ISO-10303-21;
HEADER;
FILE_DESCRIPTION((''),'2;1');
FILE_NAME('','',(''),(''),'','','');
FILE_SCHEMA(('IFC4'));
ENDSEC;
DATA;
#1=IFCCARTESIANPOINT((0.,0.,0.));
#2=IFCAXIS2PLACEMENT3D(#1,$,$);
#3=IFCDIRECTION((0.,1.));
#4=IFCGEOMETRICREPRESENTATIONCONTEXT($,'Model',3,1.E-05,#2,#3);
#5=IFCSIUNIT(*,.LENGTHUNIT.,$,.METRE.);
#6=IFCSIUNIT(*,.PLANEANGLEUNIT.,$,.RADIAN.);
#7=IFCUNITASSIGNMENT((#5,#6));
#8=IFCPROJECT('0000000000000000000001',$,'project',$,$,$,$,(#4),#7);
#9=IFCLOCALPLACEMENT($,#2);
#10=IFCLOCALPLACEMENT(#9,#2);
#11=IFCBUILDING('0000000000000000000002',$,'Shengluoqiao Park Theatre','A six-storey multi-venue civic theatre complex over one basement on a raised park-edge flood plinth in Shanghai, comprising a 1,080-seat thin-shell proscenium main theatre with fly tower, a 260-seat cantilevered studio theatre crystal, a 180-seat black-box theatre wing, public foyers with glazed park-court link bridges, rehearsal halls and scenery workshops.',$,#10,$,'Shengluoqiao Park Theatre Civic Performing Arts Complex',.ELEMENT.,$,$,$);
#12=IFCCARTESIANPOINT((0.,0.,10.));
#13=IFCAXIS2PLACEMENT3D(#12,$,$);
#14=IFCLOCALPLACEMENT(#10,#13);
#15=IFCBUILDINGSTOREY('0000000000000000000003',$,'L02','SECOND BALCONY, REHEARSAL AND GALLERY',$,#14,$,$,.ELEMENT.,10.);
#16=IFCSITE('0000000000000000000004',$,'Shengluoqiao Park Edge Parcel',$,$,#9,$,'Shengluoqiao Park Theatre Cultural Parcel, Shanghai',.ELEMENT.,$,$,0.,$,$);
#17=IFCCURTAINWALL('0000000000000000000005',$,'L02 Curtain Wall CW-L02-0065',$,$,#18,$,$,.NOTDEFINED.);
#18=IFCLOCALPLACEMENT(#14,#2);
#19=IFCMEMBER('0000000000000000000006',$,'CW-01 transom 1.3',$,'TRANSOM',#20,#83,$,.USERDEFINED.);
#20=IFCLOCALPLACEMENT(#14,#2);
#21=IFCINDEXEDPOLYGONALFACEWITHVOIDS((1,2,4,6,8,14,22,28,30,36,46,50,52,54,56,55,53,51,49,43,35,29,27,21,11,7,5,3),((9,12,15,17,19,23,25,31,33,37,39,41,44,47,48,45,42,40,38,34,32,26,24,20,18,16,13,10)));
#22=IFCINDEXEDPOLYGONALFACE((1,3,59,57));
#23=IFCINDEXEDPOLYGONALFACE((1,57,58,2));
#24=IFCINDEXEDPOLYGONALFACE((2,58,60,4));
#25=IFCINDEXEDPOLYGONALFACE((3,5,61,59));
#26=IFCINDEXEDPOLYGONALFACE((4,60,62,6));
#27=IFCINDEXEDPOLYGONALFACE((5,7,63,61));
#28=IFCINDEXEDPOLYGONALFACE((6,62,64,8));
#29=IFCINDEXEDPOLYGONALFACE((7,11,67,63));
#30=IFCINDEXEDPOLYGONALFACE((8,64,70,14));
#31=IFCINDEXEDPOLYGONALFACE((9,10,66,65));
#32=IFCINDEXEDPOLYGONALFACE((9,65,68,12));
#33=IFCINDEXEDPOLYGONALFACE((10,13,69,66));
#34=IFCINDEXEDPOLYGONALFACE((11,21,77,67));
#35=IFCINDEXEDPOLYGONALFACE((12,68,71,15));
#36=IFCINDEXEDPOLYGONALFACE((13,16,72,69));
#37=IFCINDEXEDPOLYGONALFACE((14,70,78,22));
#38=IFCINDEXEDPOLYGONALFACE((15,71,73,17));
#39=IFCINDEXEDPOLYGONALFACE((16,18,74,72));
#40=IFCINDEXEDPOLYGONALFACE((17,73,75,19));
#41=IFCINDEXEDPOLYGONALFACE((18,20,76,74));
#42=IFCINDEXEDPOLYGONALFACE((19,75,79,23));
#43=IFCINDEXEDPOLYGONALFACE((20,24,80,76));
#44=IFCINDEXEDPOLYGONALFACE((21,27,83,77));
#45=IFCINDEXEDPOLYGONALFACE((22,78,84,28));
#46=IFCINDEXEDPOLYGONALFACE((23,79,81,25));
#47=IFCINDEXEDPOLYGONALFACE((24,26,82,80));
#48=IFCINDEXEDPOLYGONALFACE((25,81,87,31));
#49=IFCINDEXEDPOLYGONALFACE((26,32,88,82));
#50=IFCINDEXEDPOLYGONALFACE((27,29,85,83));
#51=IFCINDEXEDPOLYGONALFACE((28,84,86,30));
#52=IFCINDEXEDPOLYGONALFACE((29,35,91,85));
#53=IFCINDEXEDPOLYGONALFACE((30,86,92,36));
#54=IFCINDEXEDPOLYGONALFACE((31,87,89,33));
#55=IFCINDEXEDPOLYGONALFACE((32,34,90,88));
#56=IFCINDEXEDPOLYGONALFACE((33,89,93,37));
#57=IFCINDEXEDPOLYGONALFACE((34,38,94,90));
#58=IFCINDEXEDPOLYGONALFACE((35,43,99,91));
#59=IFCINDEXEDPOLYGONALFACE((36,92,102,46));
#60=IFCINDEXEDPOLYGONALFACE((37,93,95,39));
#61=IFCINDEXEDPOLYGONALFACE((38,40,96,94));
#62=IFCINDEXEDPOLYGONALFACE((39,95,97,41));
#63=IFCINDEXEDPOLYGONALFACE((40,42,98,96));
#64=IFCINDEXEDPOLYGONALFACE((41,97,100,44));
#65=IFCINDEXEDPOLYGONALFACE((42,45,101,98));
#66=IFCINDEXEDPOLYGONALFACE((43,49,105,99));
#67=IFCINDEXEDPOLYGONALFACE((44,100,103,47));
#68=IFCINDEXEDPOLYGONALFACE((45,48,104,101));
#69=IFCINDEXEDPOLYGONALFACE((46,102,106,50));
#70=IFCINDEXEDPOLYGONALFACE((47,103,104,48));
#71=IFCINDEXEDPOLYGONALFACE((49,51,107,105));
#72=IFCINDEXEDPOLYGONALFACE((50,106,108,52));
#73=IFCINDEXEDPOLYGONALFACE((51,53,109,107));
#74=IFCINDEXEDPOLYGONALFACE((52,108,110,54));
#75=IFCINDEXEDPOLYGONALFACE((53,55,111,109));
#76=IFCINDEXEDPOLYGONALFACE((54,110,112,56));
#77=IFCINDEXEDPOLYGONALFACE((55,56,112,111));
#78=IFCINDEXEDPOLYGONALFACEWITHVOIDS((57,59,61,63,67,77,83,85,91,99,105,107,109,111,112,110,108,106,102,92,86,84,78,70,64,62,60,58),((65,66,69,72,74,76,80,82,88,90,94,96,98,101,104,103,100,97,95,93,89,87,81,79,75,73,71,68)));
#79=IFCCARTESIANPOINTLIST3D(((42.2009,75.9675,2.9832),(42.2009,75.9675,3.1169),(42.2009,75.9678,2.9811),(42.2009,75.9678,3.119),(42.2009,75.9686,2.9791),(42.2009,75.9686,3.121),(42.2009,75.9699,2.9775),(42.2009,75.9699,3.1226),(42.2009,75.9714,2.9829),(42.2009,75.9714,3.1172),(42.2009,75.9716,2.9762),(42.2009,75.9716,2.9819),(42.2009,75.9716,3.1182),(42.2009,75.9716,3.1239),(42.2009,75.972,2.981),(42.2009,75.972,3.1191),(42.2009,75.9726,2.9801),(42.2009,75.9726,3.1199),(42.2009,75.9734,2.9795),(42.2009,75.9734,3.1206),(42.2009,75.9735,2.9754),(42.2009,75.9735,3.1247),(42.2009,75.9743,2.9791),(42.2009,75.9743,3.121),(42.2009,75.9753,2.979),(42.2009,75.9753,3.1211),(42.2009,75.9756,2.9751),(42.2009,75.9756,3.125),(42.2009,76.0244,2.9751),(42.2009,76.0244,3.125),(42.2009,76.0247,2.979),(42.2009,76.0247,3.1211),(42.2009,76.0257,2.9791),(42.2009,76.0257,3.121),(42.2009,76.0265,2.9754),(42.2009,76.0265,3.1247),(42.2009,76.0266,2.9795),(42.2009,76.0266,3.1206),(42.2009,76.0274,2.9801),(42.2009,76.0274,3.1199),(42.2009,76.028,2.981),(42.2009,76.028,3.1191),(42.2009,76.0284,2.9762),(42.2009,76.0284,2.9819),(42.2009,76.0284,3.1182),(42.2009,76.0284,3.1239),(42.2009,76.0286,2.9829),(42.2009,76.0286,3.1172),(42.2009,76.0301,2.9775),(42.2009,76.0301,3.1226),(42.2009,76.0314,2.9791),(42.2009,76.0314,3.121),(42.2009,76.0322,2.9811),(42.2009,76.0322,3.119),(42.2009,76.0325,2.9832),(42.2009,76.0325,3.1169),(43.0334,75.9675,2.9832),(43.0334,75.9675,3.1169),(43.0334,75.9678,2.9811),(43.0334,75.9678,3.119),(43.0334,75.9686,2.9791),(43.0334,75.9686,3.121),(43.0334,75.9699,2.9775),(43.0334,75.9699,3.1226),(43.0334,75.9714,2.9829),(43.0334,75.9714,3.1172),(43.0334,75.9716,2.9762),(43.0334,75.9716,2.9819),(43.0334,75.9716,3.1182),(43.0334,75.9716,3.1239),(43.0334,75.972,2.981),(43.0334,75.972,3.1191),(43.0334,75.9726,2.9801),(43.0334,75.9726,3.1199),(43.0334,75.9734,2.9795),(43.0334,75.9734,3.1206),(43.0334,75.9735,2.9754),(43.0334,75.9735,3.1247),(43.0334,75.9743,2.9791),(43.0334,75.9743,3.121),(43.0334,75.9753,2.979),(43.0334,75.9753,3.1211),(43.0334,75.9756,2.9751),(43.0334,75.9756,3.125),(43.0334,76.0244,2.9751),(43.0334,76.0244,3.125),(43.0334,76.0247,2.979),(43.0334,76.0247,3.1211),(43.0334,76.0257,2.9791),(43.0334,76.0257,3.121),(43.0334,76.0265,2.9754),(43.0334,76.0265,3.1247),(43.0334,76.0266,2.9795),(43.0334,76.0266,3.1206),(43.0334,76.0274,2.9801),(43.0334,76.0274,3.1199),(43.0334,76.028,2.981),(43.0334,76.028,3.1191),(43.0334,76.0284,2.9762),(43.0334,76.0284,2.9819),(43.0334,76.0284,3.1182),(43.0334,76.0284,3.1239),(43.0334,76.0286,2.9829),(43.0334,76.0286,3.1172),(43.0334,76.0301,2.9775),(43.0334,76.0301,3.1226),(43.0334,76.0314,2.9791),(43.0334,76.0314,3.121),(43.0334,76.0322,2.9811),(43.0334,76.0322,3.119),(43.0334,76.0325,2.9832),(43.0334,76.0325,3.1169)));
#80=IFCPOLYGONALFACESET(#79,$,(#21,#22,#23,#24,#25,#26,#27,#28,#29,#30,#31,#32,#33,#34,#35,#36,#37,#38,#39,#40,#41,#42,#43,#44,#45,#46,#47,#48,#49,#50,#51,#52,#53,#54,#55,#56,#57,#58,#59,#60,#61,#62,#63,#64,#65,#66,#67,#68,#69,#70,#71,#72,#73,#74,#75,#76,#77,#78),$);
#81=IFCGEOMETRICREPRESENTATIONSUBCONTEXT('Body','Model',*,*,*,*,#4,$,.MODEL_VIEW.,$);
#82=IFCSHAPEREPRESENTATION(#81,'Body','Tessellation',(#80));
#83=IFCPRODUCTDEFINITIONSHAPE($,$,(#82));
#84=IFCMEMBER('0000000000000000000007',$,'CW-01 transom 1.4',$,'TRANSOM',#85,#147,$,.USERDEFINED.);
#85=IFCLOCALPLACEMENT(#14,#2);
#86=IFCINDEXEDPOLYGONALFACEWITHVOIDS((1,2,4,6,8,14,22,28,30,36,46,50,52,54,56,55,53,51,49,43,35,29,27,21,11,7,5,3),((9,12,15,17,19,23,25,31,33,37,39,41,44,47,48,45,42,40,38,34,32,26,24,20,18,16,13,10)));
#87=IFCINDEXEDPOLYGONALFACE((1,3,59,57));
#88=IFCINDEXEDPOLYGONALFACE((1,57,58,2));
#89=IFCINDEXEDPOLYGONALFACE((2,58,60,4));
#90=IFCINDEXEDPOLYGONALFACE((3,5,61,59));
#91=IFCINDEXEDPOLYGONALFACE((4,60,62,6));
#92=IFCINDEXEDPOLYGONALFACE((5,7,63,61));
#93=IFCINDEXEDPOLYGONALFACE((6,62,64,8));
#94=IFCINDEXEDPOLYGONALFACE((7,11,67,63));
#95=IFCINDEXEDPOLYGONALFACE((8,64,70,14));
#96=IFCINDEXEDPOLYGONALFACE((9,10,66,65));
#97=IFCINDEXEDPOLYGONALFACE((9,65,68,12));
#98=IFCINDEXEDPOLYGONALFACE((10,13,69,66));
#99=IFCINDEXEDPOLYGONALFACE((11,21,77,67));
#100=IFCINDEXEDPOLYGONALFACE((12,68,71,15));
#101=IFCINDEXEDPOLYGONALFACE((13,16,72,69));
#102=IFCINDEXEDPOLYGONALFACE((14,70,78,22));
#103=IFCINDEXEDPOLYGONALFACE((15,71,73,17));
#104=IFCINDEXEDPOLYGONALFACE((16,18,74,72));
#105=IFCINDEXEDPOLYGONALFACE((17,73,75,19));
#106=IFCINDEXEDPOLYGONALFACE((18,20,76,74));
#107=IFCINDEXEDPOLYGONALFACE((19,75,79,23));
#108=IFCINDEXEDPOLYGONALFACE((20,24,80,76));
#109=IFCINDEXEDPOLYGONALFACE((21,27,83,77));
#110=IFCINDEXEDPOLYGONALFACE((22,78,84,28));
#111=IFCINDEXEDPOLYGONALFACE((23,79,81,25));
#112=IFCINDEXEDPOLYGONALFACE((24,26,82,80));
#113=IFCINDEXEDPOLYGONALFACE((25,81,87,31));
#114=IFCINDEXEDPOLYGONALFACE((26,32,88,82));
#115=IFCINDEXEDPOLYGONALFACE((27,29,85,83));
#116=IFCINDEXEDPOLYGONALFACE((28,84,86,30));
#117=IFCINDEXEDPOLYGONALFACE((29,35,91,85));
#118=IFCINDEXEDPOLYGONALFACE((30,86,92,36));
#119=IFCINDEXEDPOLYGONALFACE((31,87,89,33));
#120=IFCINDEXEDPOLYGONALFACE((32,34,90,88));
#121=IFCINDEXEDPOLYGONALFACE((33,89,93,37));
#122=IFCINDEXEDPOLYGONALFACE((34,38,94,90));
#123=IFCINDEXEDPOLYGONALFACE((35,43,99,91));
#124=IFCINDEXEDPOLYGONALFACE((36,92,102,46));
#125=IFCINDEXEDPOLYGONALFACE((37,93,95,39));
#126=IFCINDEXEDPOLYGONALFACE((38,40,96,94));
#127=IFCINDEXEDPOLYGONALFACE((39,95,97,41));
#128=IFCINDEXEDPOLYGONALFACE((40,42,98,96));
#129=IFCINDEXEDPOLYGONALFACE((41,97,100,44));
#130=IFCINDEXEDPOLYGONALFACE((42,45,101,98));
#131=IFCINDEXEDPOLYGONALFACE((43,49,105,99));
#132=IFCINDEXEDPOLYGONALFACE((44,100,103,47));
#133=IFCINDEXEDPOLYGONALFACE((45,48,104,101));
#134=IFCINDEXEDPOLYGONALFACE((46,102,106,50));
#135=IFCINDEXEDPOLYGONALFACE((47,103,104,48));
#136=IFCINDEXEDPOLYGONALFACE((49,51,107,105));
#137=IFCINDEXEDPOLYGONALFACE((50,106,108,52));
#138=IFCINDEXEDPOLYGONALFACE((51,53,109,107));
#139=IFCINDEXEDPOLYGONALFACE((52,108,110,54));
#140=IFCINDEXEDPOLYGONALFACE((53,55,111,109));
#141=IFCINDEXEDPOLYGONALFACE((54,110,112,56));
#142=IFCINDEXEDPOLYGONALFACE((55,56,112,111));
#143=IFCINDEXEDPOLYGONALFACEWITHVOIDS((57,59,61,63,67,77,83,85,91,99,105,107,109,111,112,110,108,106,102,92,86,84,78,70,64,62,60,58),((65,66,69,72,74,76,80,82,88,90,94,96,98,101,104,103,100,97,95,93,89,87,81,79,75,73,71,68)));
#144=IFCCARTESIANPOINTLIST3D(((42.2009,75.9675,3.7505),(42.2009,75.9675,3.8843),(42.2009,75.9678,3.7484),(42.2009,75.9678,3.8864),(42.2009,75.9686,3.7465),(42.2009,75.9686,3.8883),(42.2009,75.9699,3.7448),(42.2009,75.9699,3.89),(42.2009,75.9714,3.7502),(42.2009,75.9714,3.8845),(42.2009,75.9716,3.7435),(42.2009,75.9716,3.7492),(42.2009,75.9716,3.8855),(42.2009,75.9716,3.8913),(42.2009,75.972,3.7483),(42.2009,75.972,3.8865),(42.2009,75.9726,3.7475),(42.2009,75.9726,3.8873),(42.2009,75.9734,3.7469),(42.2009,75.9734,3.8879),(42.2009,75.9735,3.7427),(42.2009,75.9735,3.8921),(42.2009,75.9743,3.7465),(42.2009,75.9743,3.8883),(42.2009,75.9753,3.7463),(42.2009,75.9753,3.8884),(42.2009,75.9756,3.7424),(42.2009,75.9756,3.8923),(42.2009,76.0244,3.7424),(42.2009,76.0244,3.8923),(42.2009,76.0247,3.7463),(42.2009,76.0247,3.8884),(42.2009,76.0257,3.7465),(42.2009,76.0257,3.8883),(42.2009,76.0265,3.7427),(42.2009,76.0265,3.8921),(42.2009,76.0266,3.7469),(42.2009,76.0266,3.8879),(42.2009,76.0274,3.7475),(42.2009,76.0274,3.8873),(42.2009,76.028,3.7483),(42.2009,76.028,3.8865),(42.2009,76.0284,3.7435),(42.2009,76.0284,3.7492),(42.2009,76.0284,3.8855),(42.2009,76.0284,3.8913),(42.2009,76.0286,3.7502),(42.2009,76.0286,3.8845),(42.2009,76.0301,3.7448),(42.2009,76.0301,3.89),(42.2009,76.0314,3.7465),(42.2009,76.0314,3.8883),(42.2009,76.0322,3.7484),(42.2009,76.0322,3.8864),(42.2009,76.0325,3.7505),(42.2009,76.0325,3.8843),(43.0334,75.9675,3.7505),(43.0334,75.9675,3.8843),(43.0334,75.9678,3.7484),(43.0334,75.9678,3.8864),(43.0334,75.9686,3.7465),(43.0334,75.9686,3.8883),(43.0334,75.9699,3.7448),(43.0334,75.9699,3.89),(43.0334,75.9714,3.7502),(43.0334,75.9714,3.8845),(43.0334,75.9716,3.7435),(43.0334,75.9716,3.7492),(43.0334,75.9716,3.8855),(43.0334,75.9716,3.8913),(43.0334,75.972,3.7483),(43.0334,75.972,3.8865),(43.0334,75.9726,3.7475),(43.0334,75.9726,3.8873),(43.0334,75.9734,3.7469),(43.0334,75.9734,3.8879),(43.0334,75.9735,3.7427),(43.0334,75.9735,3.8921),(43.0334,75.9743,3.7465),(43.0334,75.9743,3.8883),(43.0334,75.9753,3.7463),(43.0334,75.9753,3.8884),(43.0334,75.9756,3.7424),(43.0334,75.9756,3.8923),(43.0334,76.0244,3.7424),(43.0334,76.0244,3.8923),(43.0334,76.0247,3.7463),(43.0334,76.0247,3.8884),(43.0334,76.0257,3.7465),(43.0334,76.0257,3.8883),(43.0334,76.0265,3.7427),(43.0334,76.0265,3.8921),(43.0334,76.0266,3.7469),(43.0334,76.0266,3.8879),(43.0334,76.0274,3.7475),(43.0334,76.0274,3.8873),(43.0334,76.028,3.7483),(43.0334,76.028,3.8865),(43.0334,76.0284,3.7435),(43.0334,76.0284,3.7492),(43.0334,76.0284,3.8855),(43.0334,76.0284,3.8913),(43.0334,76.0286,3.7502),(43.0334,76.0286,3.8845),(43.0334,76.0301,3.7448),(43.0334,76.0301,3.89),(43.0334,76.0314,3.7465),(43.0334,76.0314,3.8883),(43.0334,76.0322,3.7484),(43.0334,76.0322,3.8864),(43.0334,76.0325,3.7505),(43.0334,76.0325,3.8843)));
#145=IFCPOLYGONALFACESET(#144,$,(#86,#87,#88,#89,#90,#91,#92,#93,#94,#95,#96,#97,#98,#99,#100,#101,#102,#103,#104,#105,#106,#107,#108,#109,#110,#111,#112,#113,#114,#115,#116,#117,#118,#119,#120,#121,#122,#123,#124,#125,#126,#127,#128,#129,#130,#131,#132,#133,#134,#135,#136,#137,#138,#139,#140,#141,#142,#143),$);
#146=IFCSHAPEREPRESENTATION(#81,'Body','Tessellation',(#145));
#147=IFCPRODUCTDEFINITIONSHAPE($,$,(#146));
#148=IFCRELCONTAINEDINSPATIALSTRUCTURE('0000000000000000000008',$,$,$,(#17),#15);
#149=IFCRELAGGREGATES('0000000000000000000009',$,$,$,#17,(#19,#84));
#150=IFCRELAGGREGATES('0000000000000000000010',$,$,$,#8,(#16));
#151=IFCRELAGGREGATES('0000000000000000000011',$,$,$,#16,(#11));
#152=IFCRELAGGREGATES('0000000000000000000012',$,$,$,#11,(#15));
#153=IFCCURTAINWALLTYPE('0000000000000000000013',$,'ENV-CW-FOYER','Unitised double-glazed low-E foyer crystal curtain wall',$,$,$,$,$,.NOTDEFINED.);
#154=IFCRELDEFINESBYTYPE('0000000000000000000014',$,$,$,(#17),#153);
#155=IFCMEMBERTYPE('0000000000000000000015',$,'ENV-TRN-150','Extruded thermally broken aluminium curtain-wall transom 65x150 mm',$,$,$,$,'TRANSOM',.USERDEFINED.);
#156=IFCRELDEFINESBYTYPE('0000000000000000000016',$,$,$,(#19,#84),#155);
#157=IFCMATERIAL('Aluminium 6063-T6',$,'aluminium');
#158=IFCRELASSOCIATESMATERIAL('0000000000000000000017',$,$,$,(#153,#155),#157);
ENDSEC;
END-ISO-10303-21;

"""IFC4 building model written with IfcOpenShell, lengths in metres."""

from ifc_helpers import new_model, si_unit, direction, frame, origin, origin_2d, place, context, subcontext, project, spatial, hollow_rectangle, extrude, material, material_profile, profile_set, type_object, element, aggregate, save


model = new_model("IFC4")

# Units and contexts
model_context = context("Model", 3, precision=1e-05, world=origin(), true_north=direction((0.0, 1.0)))
body_context = subcontext(model_context, "Body", "Model", "MODEL_VIEW")
ifc_project = project(units=[si_unit("LENGTHUNIT", "METRE"), si_unit("PLANEANGLEUNIT", "RADIAN")], contexts=[model_context])

# Site, building, storey
site_placement = place(None, origin())
site = spatial("IfcSite", under=ifc_project, at=site_placement, Name="Shengluoqiao Park Edge Parcel", LongName="Shengluoqiao Park Theatre Cultural Parcel, Shanghai", CompositionType="ELEMENT", RefElevation=0.0)
building_placement = place(site_placement, origin())
building = spatial("IfcBuilding", under=site, at=building_placement, Name="Shengluoqiao Park Theatre", Description="A six-storey multi-venue civic theatre complex over one basement on a raised park-edge flood plinth in Shanghai, comprising a 1,080-seat thin-shell proscenium main theatre with fly tower, a 260-seat cantilevered studio theatre crystal, a 180-seat black-box theatre wing, public foyers with glazed park-court link bridges, rehearsal halls and scenery workshops.", LongName="Shengluoqiao Park Theatre Civic Performing Arts Complex", CompositionType="ELEMENT")
storey_placement = place(building_placement, frame((0.0, 0.0, 10.0)))
storey = spatial("IfcBuildingStorey", under=building, at=storey_placement, Name="L02", Description="SECOND BALCONY, REHEARSAL AND GALLERY", CompositionType="ELEMENT", Elevation=10.0)

# Shared definitions
ifc_material_1 = material(Name="Aluminium 6063-T6", Category="aluminium")
curtain_wall_type = type_object("IfcCurtainWallType", Name="ENV-CW-FOYER", Description="Unitised double-glazed low-E foyer crystal curtain wall", PredefinedType="NOTDEFINED", material=ifc_material_1)

# Curtain wall
curtain_wall_1_placement = place(storey_placement, origin())
curtain_wall_1 = element("IfcCurtainWall", 1, at=curtain_wall_1_placement, inside=storey, type_object=curtain_wall_type, Name="L02 Curtain Wall CW-L02-0065", PredefinedType="NOTDEFINED")

# Members
ifc_material_profile_1 = material_profile(ifc_material_1, hollow_rectangle(XDim=0.0649, YDim=0.1499, WallThickness=0.0039, InnerFilletRadius=0.0039, OuterFilletRadius=0.0081, at=origin_2d()), Name="ALU TRANSOM 150x65x4")
ifc_profile_set_1 = profile_set([ifc_material_profile_1], Name="Aluminium 6063-T6")
member_type_1 = type_object("IfcMemberType", Name="ENV-TRN-150", Description="Extruded thermally broken aluminium curtain-wall transom 65x150 mm", ElementType="TRANSOM", PredefinedType="USERDEFINED", material=ifc_profile_set_1)
member_1_placement = place(storey_placement, frame((42.2009, 76.0, 3.05), z_axis=(1.0, 0.0, 0.0), x_axis=(0.0, 1.0, 0.0)))
member_1 = element("IfcMember", 2, at=member_1_placement, type_object=member_type_1, Name="CW-01 transom 1.3", ObjectType="TRANSOM", PredefinedType="USERDEFINED", context=body_context, shape_type="SweptSolid", body=[
    extrude(hollow_rectangle(XDim=0.0649, YDim=0.1499, WallThickness=0.0039, InnerFilletRadius=0.0039, OuterFilletRadius=0.0081, at=origin_2d()), origin(), (0.0, 0.0, 1.0), 0.8325),
])
member_2_placement = place(storey_placement, frame((42.2009, 76.0, 3.8174), z_axis=(1.0, 0.0, 0.0), x_axis=(0.0, 1.0, 0.0)))
member_2 = element("IfcMember", 3, at=member_2_placement, type_object=member_type_1, Name="CW-01 transom 1.4", ObjectType="TRANSOM", PredefinedType="USERDEFINED", context=body_context, shape_type="SweptSolid", body=[
    extrude(hollow_rectangle(XDim=0.0649, YDim=0.1499, WallThickness=0.0039, InnerFilletRadius=0.0039, OuterFilletRadius=0.0081, at=origin_2d()), origin(), (0.0, 0.0, 1.0), 0.8325),
])

aggregate(curtain_wall_1, [member_1, member_2])

save(model, "model.ifc")
